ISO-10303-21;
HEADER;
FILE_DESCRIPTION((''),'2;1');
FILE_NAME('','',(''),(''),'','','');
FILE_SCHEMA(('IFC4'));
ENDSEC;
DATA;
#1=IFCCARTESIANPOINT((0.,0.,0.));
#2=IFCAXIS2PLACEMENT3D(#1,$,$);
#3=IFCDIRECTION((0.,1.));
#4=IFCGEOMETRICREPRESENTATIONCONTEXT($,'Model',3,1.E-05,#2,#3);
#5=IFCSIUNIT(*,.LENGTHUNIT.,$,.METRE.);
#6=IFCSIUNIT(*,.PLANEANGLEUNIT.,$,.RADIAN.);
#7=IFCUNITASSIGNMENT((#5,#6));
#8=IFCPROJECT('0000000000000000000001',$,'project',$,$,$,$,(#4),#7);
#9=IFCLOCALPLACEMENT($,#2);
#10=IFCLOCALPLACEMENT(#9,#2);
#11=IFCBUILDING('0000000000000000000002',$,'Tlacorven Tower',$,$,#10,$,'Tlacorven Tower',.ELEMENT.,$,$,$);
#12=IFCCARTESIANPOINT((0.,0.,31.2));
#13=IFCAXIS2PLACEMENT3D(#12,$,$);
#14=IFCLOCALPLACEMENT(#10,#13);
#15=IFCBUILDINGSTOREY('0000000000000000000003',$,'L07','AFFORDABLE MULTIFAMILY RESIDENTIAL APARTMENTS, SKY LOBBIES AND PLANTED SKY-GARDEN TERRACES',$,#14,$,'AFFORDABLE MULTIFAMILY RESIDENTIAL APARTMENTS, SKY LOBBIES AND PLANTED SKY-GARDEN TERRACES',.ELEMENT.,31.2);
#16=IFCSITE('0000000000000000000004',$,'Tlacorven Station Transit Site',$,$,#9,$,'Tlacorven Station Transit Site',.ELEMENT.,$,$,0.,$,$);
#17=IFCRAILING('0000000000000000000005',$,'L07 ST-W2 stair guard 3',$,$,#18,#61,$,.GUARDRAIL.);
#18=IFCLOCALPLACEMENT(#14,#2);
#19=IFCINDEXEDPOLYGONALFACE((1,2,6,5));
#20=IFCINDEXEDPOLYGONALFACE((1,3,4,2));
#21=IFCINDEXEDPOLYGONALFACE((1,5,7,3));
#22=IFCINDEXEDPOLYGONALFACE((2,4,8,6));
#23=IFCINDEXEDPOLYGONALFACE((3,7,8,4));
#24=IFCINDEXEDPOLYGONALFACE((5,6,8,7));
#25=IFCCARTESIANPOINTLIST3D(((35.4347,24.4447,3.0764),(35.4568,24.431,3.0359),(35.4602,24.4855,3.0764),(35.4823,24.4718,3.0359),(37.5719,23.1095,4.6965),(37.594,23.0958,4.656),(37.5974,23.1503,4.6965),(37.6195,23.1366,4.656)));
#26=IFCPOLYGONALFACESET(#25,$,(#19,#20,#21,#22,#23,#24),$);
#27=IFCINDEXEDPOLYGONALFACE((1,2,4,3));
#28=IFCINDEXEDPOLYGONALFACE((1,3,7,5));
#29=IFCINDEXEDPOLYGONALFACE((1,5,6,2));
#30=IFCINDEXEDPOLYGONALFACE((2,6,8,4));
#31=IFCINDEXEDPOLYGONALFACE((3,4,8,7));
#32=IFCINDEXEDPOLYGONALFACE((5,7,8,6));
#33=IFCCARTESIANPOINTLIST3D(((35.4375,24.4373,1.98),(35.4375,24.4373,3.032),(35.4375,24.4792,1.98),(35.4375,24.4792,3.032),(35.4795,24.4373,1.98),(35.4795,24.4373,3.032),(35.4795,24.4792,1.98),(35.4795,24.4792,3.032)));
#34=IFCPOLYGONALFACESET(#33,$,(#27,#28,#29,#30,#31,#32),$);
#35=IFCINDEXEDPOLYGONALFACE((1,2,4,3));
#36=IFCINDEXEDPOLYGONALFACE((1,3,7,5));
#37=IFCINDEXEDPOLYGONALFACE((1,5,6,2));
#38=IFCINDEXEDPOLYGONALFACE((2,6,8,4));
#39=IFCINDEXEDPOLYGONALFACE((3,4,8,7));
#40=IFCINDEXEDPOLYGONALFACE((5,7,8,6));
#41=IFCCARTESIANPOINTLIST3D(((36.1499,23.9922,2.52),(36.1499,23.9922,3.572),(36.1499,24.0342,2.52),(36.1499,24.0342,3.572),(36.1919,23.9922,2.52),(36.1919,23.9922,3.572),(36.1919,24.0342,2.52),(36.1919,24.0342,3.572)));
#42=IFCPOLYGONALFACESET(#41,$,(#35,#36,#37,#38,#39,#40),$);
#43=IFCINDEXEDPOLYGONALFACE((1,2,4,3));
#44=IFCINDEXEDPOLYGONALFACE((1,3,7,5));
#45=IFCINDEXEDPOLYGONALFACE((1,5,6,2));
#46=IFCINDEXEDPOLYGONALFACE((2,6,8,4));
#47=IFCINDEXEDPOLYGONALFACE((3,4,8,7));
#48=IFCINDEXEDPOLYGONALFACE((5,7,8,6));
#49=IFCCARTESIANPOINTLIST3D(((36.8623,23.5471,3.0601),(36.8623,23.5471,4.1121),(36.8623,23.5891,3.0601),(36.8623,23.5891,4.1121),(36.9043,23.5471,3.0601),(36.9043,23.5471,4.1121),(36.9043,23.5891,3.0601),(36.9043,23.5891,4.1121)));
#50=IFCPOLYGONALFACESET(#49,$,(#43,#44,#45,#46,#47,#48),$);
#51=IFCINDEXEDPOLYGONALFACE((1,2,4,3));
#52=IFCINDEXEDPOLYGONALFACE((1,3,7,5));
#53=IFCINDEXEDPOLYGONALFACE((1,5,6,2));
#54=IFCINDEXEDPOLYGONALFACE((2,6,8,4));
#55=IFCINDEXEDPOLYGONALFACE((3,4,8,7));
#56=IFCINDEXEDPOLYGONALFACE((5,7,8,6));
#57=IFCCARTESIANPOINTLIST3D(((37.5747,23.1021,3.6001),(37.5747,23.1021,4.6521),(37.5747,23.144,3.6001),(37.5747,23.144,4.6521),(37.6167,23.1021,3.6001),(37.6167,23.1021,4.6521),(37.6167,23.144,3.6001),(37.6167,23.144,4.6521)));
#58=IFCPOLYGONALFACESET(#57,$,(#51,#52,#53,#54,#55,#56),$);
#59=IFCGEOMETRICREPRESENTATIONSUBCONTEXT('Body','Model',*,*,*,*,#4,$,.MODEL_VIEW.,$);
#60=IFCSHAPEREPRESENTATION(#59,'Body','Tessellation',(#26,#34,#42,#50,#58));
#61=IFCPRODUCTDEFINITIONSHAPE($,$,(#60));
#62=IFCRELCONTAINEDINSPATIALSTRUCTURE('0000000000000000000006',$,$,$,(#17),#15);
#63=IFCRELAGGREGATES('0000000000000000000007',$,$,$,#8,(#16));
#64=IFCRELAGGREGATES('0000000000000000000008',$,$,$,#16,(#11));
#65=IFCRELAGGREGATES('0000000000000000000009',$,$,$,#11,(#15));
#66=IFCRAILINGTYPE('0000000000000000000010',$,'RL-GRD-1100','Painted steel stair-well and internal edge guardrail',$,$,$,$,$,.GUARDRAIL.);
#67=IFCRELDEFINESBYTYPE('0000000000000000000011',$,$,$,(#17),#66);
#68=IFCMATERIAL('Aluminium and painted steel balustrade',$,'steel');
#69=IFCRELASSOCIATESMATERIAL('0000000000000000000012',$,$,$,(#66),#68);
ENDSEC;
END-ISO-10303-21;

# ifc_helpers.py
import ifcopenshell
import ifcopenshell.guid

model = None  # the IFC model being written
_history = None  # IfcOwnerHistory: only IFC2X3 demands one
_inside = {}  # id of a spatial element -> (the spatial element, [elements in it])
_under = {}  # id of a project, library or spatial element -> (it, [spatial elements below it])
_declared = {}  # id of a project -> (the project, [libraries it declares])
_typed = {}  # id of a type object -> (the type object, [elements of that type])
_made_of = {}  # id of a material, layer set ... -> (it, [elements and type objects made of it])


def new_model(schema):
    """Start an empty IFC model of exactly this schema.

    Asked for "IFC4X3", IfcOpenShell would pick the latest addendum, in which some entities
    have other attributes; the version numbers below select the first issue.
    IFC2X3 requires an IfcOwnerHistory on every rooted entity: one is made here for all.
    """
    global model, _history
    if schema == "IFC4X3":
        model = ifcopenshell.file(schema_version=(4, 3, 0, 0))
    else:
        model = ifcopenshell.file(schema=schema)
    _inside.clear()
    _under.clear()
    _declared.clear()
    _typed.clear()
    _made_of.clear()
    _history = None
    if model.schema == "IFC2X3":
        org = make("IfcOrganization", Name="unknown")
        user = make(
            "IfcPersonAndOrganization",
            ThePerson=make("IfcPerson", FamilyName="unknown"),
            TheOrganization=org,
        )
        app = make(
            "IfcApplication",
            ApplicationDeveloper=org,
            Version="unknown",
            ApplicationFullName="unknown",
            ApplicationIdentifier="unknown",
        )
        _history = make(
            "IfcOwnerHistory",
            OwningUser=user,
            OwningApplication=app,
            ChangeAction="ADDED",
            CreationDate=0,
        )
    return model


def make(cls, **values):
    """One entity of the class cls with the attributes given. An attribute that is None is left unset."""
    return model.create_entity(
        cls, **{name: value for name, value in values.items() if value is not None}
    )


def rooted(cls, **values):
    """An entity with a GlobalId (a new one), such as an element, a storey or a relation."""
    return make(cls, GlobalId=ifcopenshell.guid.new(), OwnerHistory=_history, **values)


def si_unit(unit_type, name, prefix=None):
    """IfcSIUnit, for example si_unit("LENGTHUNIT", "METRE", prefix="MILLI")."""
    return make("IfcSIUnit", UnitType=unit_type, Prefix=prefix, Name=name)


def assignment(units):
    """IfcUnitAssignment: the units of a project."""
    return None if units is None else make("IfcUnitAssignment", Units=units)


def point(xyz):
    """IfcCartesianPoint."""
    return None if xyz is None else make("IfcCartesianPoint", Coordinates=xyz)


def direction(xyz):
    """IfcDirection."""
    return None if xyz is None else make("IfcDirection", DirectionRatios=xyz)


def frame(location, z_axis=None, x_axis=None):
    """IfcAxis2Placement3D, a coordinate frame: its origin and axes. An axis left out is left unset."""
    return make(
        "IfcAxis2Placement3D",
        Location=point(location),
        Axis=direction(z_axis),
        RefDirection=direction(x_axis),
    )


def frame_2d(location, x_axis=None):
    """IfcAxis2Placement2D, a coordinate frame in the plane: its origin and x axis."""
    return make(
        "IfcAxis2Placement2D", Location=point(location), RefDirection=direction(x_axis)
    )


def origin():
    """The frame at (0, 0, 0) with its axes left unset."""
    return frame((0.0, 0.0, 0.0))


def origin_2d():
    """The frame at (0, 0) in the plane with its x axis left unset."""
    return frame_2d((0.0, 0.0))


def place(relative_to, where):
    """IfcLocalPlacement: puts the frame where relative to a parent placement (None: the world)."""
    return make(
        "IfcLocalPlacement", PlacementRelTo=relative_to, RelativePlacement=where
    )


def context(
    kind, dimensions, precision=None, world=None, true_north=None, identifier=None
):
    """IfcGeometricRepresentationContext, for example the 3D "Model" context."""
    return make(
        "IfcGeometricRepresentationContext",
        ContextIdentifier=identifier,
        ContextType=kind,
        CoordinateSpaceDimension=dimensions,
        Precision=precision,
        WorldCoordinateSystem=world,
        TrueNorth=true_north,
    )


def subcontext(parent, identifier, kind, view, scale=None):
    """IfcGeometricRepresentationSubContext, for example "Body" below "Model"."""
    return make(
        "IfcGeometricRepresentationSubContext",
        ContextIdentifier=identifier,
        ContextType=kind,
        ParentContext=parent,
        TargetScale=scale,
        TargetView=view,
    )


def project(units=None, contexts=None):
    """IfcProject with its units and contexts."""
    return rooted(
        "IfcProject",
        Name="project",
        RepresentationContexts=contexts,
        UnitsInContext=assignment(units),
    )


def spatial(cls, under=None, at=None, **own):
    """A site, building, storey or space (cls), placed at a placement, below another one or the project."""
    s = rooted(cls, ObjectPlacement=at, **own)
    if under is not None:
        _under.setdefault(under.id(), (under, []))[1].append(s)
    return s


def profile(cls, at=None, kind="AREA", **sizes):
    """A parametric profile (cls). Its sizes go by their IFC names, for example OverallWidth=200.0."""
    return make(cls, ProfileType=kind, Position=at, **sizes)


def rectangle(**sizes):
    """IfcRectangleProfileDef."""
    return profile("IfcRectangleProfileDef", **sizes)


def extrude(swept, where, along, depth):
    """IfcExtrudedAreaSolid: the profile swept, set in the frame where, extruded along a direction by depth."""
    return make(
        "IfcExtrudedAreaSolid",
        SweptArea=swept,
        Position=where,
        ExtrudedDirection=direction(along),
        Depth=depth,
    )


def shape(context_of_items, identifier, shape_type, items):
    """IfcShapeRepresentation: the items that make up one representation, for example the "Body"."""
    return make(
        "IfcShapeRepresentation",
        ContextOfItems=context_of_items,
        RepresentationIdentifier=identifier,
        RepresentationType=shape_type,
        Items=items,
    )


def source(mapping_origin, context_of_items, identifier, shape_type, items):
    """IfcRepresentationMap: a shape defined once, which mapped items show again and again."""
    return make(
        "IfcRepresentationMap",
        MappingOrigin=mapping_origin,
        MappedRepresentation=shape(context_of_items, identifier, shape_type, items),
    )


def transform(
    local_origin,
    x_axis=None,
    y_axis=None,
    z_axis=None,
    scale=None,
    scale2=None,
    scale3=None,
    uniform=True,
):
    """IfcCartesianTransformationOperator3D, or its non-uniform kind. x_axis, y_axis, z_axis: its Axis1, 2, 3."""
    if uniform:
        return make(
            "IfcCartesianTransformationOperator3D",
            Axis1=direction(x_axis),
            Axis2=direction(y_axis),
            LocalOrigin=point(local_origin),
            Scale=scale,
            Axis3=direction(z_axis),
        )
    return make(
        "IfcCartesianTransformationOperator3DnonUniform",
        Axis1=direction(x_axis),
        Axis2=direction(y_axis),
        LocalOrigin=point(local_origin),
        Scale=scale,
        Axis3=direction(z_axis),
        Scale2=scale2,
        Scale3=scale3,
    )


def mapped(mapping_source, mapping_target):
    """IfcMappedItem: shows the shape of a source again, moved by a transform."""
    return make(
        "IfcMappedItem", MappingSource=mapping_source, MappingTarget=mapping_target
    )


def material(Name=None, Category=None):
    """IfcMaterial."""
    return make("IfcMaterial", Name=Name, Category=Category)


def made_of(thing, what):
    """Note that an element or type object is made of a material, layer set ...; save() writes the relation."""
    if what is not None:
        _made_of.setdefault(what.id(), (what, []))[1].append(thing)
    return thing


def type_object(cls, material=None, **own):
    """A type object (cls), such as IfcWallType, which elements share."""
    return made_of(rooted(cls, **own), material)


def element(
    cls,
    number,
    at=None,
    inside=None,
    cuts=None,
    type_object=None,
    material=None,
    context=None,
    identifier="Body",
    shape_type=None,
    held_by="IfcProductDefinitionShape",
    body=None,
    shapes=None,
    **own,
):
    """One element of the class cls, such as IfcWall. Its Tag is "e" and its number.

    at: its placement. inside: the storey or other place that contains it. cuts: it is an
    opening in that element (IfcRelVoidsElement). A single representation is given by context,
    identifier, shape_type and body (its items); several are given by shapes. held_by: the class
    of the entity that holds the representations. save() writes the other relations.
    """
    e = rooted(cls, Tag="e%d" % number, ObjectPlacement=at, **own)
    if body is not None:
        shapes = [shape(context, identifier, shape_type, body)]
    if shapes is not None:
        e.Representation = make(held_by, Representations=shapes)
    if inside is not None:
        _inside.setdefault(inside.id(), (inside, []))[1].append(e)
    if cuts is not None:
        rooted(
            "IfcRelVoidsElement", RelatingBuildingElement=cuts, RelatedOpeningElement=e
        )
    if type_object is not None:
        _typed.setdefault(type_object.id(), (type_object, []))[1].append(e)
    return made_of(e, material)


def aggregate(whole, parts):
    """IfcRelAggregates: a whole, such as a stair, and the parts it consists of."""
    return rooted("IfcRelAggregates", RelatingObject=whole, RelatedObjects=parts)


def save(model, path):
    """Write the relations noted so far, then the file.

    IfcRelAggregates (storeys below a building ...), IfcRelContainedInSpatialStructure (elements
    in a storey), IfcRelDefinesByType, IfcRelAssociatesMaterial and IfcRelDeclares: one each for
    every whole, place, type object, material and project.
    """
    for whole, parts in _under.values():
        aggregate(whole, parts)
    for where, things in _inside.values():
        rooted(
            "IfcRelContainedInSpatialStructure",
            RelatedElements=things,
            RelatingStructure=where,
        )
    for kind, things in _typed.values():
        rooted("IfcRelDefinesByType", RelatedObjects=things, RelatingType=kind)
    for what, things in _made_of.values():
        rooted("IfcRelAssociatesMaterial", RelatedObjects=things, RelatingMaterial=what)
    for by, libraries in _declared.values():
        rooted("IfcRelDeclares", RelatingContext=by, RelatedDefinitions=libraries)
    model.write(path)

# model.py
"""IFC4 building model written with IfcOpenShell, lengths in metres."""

from ifc_helpers import new_model, si_unit, direction, frame, origin, origin_2d, place, context, subcontext, project, spatial, rectangle, extrude, source, transform, mapped, material, type_object, element, save


model = new_model("IFC4")

# Units and contexts
model_context = context("Model", 3, precision=1e-05, world=origin(), true_north=direction((0.0, 1.0)))
body_context = subcontext(model_context, "Body", "Model", "MODEL_VIEW")
ifc_project = project(units=[si_unit("LENGTHUNIT", "METRE"), si_unit("PLANEANGLEUNIT", "RADIAN")], contexts=[model_context])

# Site, building, storey
site_placement = place(None, origin())
site = spatial("IfcSite", under=ifc_project, at=site_placement, Name="Tlacorven Station Transit Site", LongName="Tlacorven Station Transit Site", CompositionType="ELEMENT", RefElevation=0.0)
building_placement = place(site_placement, origin())
building = spatial("IfcBuilding", under=site, at=building_placement, Name="Tlacorven Tower", LongName="Tlacorven Tower", CompositionType="ELEMENT")
storey_placement = place(building_placement, frame((0.0, 0.0, 31.2)))
storey = spatial("IfcBuildingStorey", under=building, at=storey_placement, Name="L07", Description="AFFORDABLE MULTIFAMILY RESIDENTIAL APARTMENTS, SKY LOBBIES AND PLANTED SKY-GARDEN TERRACES", LongName="AFFORDABLE MULTIFAMILY RESIDENTIAL APARTMENTS, SKY LOBBIES AND PLANTED SKY-GARDEN TERRACES", CompositionType="ELEMENT", Elevation=31.2)

# Railing
ifc_material_1 = material(Name="Aluminium and painted steel balustrade", Category="steel")
railing_type_1 = type_object("IfcRailingType", Name="RL-GRD-1100", Description="Painted steel stair-well and internal edge guardrail", PredefinedType="GUARDRAIL", material=ifc_material_1)
shared_shape_1 = source(origin(), body_context, "Body", "SweptSolid", [
    extrude(rectangle(XDim=0.0481, YDim=0.0481, at=origin_2d()), frame((0.0, 0.0, 1.0762), z_axis=(0.713386, -0.445683, 0.540784), x_axis=(0.529842, 0.848096, 0.0)), (0.0, 0.0, 1.0), 2.9958),
    extrude(rectangle(XDim=0.042, YDim=0.042, at=origin_2d()), origin(), (0.0, 0.0, 1.0), 1.052),
    extrude(rectangle(XDim=0.042, YDim=0.042, at=origin_2d()), frame((0.7124, -0.4451, 0.54)), (0.0, 0.0, 1.0), 1.052),
    extrude(rectangle(XDim=0.042, YDim=0.042, at=origin_2d()), frame((1.4248, -0.8901, 1.0801)), (0.0, 0.0, 1.0), 1.052),
    extrude(rectangle(XDim=0.042, YDim=0.042, at=origin_2d()), frame((2.1372, -1.3352, 1.6201)), (0.0, 0.0, 1.0), 1.052),
])
railing_1_placement = place(storey_placement, frame((35.4585, 24.4583, 1.98)))
element("IfcRailing", 1, at=railing_1_placement, inside=storey, type_object=railing_type_1, Name="L07 ST-W2 stair guard 3", PredefinedType="GUARDRAIL", context=body_context, shape_type="MappedRepresentation", body=[
    mapped(shared_shape_1, transform((0.0, 0.0, 0.0), scale=1.0)),
])

save(model, "model.ifc")
